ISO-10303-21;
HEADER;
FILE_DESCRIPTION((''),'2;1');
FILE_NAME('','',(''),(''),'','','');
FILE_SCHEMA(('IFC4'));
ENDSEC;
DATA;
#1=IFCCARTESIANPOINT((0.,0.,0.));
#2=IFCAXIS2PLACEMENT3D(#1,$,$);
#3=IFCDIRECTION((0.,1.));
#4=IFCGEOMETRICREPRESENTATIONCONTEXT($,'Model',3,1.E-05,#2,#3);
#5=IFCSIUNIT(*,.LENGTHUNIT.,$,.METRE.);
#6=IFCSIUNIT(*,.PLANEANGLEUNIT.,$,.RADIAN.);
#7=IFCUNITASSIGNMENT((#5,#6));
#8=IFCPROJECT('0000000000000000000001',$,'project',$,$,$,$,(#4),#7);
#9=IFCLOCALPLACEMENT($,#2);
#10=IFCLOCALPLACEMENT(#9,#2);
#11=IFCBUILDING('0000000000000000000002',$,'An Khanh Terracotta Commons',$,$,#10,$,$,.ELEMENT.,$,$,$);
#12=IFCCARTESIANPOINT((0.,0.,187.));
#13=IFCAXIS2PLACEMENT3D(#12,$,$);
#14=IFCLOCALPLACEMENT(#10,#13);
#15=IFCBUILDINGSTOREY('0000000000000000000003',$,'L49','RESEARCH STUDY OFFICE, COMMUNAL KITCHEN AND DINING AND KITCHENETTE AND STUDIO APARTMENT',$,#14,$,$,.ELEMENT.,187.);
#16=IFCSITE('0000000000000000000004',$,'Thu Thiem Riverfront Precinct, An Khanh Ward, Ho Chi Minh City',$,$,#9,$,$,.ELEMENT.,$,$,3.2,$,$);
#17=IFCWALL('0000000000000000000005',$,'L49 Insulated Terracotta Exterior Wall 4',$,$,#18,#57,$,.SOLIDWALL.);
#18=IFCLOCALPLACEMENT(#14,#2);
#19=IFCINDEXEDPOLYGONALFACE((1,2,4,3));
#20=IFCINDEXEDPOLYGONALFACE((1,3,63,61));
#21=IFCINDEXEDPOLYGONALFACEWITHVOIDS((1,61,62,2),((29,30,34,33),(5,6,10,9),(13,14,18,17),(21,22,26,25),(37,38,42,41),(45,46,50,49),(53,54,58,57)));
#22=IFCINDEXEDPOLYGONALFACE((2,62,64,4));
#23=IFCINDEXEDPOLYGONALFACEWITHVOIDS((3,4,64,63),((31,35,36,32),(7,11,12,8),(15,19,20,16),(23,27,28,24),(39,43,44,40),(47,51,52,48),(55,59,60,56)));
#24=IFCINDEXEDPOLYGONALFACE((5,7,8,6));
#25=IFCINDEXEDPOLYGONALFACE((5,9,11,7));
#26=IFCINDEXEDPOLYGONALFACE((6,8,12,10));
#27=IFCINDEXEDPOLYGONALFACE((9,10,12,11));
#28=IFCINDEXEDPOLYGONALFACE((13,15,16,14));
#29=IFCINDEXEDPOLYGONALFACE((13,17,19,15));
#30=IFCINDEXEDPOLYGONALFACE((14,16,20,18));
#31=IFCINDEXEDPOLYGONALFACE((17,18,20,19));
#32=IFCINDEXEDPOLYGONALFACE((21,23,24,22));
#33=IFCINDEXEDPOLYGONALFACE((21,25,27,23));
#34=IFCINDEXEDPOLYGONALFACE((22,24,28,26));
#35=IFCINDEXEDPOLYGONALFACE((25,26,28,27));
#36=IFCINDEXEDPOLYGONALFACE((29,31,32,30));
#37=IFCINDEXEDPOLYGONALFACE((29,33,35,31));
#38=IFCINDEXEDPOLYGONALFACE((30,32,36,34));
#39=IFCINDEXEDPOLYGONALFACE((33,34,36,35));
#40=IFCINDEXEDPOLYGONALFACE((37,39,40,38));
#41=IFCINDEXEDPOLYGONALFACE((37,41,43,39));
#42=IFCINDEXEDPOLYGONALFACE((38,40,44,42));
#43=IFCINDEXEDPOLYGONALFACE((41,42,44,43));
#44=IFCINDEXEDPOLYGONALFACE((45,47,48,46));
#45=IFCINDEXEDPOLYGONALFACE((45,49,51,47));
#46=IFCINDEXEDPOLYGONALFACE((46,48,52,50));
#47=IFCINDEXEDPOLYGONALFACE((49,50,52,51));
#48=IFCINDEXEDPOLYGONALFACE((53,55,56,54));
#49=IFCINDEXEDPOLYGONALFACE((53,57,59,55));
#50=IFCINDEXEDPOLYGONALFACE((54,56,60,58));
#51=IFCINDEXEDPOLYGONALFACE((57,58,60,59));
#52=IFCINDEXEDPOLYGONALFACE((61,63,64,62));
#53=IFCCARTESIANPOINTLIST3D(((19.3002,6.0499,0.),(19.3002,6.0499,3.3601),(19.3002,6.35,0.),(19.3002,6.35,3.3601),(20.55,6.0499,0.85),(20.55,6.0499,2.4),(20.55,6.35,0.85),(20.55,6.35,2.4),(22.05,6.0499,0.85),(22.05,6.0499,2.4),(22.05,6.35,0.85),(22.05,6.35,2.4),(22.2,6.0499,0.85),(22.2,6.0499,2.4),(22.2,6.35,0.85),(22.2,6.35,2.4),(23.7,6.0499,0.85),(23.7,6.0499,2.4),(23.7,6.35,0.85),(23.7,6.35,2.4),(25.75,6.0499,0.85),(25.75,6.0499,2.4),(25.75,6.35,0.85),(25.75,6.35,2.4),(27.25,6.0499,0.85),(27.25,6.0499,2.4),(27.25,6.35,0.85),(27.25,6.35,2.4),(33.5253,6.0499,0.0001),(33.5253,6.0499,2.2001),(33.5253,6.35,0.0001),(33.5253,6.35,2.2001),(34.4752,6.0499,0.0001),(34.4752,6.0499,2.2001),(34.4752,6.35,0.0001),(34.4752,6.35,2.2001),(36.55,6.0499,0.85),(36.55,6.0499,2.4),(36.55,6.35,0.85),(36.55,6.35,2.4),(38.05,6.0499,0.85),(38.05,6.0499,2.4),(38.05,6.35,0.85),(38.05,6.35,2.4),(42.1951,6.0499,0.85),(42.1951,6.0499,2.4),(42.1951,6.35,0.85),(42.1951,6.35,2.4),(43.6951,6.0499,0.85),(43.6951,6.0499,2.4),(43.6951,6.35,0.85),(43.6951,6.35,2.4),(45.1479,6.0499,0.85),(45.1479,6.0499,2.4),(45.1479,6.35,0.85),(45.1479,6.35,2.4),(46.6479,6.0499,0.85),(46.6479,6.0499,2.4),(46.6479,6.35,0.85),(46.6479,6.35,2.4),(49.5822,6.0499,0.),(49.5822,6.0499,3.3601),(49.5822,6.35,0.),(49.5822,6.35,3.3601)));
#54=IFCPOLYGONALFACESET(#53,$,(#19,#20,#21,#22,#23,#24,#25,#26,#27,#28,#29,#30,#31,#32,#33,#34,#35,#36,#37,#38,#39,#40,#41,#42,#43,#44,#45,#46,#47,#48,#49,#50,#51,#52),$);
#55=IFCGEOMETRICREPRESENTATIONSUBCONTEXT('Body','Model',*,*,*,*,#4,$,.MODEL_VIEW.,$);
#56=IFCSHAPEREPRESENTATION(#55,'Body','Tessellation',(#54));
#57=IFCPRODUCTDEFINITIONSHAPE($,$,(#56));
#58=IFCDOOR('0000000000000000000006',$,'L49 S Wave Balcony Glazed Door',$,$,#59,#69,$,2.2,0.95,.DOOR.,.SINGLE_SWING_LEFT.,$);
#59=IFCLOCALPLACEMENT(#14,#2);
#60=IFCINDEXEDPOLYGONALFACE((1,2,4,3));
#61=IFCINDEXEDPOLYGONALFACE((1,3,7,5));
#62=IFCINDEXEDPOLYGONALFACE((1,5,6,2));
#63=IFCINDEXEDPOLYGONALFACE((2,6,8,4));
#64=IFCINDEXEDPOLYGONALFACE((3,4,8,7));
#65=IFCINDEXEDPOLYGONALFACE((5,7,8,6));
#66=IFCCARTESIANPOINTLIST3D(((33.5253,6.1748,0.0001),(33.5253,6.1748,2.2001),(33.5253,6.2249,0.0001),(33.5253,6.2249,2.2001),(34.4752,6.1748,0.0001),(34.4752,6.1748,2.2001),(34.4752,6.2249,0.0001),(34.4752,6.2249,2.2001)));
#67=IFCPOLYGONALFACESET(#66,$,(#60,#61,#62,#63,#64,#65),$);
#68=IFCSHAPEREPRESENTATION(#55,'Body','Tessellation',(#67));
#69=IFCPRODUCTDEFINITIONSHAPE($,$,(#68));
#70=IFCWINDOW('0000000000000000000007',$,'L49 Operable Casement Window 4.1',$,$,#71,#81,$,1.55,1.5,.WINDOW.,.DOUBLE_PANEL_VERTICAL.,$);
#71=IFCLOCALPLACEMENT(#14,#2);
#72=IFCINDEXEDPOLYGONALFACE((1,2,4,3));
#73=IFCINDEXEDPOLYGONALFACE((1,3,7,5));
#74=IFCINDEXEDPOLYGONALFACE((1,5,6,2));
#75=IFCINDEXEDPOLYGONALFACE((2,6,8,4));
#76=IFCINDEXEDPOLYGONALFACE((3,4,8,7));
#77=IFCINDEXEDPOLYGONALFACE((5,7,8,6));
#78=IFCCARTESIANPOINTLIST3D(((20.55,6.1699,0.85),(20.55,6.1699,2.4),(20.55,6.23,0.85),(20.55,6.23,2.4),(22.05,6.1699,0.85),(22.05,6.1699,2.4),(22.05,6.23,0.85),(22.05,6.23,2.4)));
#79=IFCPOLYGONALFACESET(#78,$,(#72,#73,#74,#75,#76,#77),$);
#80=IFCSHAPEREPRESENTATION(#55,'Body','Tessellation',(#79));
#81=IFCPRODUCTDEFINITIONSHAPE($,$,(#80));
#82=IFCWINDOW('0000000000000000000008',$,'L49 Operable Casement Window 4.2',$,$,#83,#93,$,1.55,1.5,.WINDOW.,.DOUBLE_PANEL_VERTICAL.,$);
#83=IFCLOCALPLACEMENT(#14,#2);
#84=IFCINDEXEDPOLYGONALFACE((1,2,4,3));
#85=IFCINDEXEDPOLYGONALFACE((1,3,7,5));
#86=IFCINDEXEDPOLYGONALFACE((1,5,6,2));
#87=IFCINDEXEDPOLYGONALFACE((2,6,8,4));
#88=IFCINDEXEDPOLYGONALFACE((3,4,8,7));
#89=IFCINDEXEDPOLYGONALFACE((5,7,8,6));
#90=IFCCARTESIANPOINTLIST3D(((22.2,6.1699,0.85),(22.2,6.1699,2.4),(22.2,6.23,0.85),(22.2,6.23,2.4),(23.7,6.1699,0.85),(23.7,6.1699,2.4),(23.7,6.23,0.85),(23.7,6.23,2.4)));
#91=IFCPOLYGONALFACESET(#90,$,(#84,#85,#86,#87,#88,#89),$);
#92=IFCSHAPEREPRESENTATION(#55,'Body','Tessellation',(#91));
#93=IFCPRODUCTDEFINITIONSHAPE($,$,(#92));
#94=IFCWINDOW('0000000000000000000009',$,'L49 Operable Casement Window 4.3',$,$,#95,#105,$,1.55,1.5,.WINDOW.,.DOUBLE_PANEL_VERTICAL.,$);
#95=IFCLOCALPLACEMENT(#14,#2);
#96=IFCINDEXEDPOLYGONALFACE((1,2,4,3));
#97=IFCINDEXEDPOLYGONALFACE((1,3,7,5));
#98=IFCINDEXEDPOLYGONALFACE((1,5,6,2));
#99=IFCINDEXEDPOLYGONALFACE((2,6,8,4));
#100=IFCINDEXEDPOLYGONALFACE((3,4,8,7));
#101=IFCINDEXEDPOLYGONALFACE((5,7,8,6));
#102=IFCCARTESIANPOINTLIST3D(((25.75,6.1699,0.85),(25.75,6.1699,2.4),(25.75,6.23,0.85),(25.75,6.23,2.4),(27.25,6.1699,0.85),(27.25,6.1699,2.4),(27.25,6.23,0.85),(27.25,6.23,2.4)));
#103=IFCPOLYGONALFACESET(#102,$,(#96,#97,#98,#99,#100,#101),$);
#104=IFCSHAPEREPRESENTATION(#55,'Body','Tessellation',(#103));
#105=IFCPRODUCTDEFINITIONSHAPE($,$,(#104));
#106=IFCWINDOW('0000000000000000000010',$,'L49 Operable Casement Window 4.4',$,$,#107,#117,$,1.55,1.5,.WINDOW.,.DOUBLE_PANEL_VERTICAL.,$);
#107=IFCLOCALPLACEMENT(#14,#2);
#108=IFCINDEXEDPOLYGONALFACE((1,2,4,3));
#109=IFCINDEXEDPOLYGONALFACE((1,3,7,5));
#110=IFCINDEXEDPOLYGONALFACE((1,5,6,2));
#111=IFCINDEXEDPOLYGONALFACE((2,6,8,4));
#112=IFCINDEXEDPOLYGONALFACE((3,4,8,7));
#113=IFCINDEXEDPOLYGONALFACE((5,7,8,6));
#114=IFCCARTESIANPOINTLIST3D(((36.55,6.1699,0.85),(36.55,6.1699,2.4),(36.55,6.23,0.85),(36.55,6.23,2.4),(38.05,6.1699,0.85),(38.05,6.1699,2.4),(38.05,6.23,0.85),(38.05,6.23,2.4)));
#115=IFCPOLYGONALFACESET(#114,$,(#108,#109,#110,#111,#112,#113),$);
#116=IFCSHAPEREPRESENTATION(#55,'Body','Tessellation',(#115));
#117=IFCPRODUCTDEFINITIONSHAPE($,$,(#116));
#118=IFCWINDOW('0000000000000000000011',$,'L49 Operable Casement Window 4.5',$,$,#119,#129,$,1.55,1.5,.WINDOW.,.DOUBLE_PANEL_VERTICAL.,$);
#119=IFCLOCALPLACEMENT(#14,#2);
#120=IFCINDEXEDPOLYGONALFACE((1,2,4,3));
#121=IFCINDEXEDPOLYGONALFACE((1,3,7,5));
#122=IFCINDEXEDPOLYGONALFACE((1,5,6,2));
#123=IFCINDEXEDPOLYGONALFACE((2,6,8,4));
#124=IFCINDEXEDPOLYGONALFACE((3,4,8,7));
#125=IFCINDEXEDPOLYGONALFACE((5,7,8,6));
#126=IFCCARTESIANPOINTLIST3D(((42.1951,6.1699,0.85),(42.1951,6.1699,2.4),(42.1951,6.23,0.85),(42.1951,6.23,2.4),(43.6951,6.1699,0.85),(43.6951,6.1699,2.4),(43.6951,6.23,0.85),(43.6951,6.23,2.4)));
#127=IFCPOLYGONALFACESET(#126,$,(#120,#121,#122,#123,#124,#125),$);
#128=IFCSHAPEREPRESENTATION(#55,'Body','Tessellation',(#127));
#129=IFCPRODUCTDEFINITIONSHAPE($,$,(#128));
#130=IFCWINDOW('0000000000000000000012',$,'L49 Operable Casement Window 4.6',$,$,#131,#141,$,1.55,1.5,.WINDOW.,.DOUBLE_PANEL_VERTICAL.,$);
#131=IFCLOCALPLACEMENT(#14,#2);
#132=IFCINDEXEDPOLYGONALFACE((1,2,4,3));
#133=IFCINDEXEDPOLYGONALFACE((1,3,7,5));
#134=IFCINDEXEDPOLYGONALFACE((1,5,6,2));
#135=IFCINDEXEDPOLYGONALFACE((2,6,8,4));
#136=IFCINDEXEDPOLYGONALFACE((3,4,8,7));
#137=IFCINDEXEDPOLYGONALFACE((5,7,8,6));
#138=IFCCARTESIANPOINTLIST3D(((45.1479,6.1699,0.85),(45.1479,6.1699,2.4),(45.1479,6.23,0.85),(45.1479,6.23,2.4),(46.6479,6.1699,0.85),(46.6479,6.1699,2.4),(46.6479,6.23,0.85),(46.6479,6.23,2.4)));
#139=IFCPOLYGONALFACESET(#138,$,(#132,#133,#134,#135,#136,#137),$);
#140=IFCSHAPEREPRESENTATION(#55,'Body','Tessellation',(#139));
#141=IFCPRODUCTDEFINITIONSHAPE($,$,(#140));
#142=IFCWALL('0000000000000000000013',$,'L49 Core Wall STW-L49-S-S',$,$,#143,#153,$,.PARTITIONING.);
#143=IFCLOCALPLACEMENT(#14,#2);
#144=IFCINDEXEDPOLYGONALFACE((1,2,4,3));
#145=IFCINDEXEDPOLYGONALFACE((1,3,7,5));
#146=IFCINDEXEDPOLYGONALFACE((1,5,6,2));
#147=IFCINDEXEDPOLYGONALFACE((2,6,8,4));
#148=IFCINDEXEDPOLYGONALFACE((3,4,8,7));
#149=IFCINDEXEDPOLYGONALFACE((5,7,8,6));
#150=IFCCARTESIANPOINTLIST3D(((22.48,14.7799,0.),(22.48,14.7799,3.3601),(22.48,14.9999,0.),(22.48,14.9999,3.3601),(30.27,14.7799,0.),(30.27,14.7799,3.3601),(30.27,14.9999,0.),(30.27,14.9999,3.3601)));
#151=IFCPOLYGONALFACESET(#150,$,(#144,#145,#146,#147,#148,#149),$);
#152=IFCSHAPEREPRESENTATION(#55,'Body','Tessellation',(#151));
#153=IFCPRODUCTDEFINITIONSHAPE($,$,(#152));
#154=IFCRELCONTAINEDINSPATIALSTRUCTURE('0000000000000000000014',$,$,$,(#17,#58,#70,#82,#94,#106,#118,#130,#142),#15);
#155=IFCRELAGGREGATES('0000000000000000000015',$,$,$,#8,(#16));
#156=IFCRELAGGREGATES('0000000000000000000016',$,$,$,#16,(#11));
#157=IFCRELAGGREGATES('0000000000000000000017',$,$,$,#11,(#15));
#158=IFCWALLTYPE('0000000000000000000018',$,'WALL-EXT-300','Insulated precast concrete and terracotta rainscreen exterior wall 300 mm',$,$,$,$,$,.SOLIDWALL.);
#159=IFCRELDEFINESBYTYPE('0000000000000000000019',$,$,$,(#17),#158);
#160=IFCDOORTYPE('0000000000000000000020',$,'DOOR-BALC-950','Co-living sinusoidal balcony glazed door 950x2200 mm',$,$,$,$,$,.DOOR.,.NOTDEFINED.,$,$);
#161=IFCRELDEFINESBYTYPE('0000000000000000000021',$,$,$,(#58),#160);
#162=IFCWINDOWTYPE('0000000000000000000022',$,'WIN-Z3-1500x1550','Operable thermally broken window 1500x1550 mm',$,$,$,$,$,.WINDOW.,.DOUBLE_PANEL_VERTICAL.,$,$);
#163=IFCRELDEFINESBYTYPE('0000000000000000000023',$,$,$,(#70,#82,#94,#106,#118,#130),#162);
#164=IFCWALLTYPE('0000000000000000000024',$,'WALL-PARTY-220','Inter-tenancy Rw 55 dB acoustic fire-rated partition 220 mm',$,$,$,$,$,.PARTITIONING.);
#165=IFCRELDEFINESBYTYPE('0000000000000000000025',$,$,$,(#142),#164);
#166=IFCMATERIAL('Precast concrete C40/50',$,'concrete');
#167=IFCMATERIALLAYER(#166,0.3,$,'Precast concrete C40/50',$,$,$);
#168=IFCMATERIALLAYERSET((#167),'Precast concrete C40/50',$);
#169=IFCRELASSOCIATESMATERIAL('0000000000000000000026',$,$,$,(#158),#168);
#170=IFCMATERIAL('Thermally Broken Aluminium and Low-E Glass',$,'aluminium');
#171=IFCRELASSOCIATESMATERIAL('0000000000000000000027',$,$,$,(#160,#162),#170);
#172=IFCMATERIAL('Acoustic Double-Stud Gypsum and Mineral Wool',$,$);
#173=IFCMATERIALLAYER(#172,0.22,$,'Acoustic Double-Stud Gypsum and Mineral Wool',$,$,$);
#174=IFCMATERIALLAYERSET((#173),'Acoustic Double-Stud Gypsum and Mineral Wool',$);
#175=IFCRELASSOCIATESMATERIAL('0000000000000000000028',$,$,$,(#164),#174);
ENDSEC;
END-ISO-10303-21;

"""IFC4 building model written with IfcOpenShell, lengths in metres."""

from ifc_helpers import new_model, si_unit, direction, frame, frame_2d, origin, place, context, subcontext, project, spatial, rectangle, extrude, material, layer, layer_set, type_object, element, fill, save


model = new_model("IFC4")

# Units and contexts
model_context = context("Model", 3, precision=1e-05, world=origin(), true_north=direction((0.0, 1.0)))
body_context = subcontext(model_context, "Body", "Model", "MODEL_VIEW")
ifc_project = project(units=[si_unit("LENGTHUNIT", "METRE"), si_unit("PLANEANGLEUNIT", "RADIAN")], contexts=[model_context])

# Site, building, storey
site_placement = place(None, origin())
site = spatial("IfcSite", under=ifc_project, at=site_placement, Name="Thu Thiem Riverfront Precinct, An Khanh Ward, Ho Chi Minh City", CompositionType="ELEMENT", RefElevation=3.2)
building_placement = place(site_placement, origin())
building = spatial("IfcBuilding", under=site, at=building_placement, Name="An Khanh Terracotta Commons", CompositionType="ELEMENT")
storey_placement = place(building_placement, frame((0.0, 0.0, 187.0)))
storey = spatial("IfcBuildingStorey", under=building, at=storey_placement, Name="L49", Description="RESEARCH STUDY OFFICE, COMMUNAL KITCHEN AND DINING AND KITCHENETTE AND STUDIO APARTMENT", CompositionType="ELEMENT", Elevation=187.0)

# Shared definitions
ifc_material_1 = material(Name="Precast concrete C40/50", Category="concrete")
ifc_layer_1 = layer(ifc_material_1, 0.3, Name="Precast concrete C40/50")
ifc_layer_set_1 = layer_set([ifc_layer_1], Name="Precast concrete C40/50")
wall_type_1 = type_object("IfcWallType", Name="WALL-EXT-300", Description="Insulated precast concrete and terracotta rainscreen exterior wall 300 mm", PredefinedType="SOLIDWALL", material=ifc_layer_set_1)

# Wall, openings, door, windows
wall_1_placement = place(storey_placement, frame((19.3, 6.2, 0.0), z_axis=(0.0, 0.0, 1.0), x_axis=(1.0, 0.0, 0.0)))
wall_1 = element("IfcWall", 1, at=wall_1_placement, inside=storey, type_object=wall_type_1, Name="L49 Insulated Terracotta Exterior Wall 4", PredefinedType="SOLIDWALL", context=body_context, shape_type="SweptSolid", body=[
    extrude(rectangle(XDim=30.282, YDim=0.3, at=frame_2d((15.1411, 0.0))), origin(), (0.0, 0.0, 1.0), 3.3601),
])
opening_1_placement = place(wall_1_placement, frame((14.2251, 0.0, 0.0)))
opening_1 = element("IfcOpeningElement", 2, at=opening_1_placement, cuts=wall_1, PredefinedType="OPENING", context=body_context, shape_type="SweptSolid", body=[
    extrude(rectangle(XDim=0.95, YDim=2.2, at=frame_2d((0.4751, 1.1001))), frame((0.0, 0.1599, 0.0), z_axis=(0.0, -1.0, 0.0), x_axis=(1.0, 0.0, 0.0)), (0.0, 0.0, 1.0), 0.3201),
])
opening_2_placement = place(wall_1_placement, frame((1.25, 0.0, 0.8501)))
opening_2 = element("IfcOpeningElement", 3, at=opening_2_placement, cuts=wall_1, PredefinedType="OPENING", context=body_context, shape_type="SweptSolid", body=[
    extrude(rectangle(XDim=1.5, YDim=1.55, at=frame_2d((0.75, 0.7749))), frame((0.0, 0.1599, 0.0), z_axis=(0.0, -1.0, 0.0), x_axis=(1.0, 0.0, 0.0)), (0.0, 0.0, 1.0), 0.3201),
])
opening_3_placement = place(wall_1_placement, frame((2.8999, 0.0, 0.8501)))
opening_3 = element("IfcOpeningElement", 4, at=opening_3_placement, cuts=wall_1, PredefinedType="OPENING", context=body_context, shape_type="SweptSolid", body=[
    extrude(rectangle(XDim=1.5, YDim=1.55, at=frame_2d((0.75, 0.7749))), frame((0.0, 0.1599, 0.0), z_axis=(0.0, -1.0, 0.0), x_axis=(1.0, 0.0, 0.0)), (0.0, 0.0, 1.0), 0.3201),
])
opening_4_placement = place(wall_1_placement, frame((6.45, 0.0, 0.8501)))
opening_4 = element("IfcOpeningElement", 5, at=opening_4_placement, cuts=wall_1, PredefinedType="OPENING", context=body_context, shape_type="SweptSolid", body=[
    extrude(rectangle(XDim=1.5, YDim=1.55, at=frame_2d((0.75, 0.7749))), frame((0.0, 0.1599, 0.0), z_axis=(0.0, -1.0, 0.0), x_axis=(1.0, 0.0, 0.0)), (0.0, 0.0, 1.0), 0.3201),
])
opening_5_placement = place(wall_1_placement, frame((17.25, 0.0, 0.8501)))
opening_5 = element("IfcOpeningElement", 6, at=opening_5_placement, cuts=wall_1, PredefinedType="OPENING", context=body_context, shape_type="SweptSolid", body=[
    extrude(rectangle(XDim=1.5, YDim=1.55, at=frame_2d((0.75, 0.7749))), frame((0.0, 0.1599, 0.0), z_axis=(0.0, -1.0, 0.0), x_axis=(1.0, 0.0, 0.0)), (0.0, 0.0, 1.0), 0.3201),
])
opening_6_placement = place(wall_1_placement, frame((22.895, 0.0, 0.8501)))
opening_6 = element("IfcOpeningElement", 7, at=opening_6_placement, cuts=wall_1, PredefinedType="OPENING", context=body_context, shape_type="SweptSolid", body=[
    extrude(rectangle(XDim=1.5, YDim=1.55, at=frame_2d((0.75, 0.7749))), frame((0.0, 0.1599, 0.0), z_axis=(0.0, -1.0, 0.0), x_axis=(1.0, 0.0, 0.0)), (0.0, 0.0, 1.0), 0.3201),
])
opening_7_placement = place(wall_1_placement, frame((25.8479, 0.0, 0.8501)))
opening_7 = element("IfcOpeningElement", 8, at=opening_7_placement, cuts=wall_1, PredefinedType="OPENING", context=body_context, shape_type="SweptSolid", body=[
    extrude(rectangle(XDim=1.5, YDim=1.55, at=frame_2d((0.75, 0.7749))), frame((0.0, 0.1599, 0.0), z_axis=(0.0, -1.0, 0.0), x_axis=(1.0, 0.0, 0.0)), (0.0, 0.0, 1.0), 0.3201),
])
ifc_material_2 = material(Name="Thermally Broken Aluminium and Low-E Glass", Category="aluminium")
door_type_1 = type_object("IfcDoorType", Name="DOOR-BALC-950", Description="Co-living sinusoidal balcony glazed door 950x2200 mm", OperationType="NOTDEFINED", PredefinedType="DOOR", material=ifc_material_2)
door_1_placement = place(opening_1_placement, origin())
door_1 = element("IfcDoor", 9, at=door_1_placement, inside=storey, type_object=door_type_1, Name="L49 S Wave Balcony Glazed Door", OperationType="SINGLE_SWING_LEFT", OverallHeight=2.2, OverallWidth=0.95, PredefinedType="DOOR", context=body_context, shape_type="SweptSolid", body=[
    extrude(rectangle(XDim=0.95, YDim=2.2, at=frame_2d((0.4751, 1.1001))), frame((0.0, 0.0249, 0.0), z_axis=(0.0, -1.0, 0.0), x_axis=(1.0, 0.0, 0.0)), (0.0, 0.0, 1.0), 0.05),
])
fill(opening_1, door_1)
window_type = type_object("IfcWindowType", Name="WIN-Z3-1500x1550", Description="Operable thermally broken window 1500x1550 mm", PartitioningType="DOUBLE_PANEL_VERTICAL", PredefinedType="WINDOW", material=ifc_material_2)
window_1_placement = place(opening_2_placement, origin())
window_1 = element("IfcWindow", 10, at=window_1_placement, inside=storey, type_object=window_type, Name="L49 Operable Casement Window 4.1", OverallHeight=1.55, OverallWidth=1.5, PartitioningType="DOUBLE_PANEL_VERTICAL", PredefinedType="WINDOW", context=body_context, shape_type="SweptSolid", body=[
    extrude(rectangle(XDim=1.5, YDim=1.55, at=frame_2d((0.75, 0.7749))), frame((0.0, 0.03, 0.0), z_axis=(0.0, -1.0, 0.0), x_axis=(1.0, 0.0, 0.0)), (0.0, 0.0, 1.0), 0.0601),
])
fill(opening_2, window_1)
window_2_placement = place(opening_3_placement, origin())
window_2 = element("IfcWindow", 11, at=window_2_placement, inside=storey, type_object=window_type, Name="L49 Operable Casement Window 4.2", OverallHeight=1.55, OverallWidth=1.5, PartitioningType="DOUBLE_PANEL_VERTICAL", PredefinedType="WINDOW", context=body_context, shape_type="SweptSolid", body=[
    extrude(rectangle(XDim=1.5, YDim=1.55, at=frame_2d((0.75, 0.7749))), frame((0.0, 0.03, 0.0), z_axis=(0.0, -1.0, 0.0), x_axis=(1.0, 0.0, 0.0)), (0.0, 0.0, 1.0), 0.0601),
])
fill(opening_3, window_2)
window_3_placement = place(opening_4_placement, origin())
window_3 = element("IfcWindow", 12, at=window_3_placement, inside=storey, type_object=window_type, Name="L49 Operable Casement Window 4.3", OverallHeight=1.55, OverallWidth=1.5, PartitioningType="DOUBLE_PANEL_VERTICAL", PredefinedType="WINDOW", context=body_context, shape_type="SweptSolid", body=[
    extrude(rectangle(XDim=1.5, YDim=1.55, at=frame_2d((0.75, 0.7749))), frame((0.0, 0.03, 0.0), z_axis=(0.0, -1.0, 0.0), x_axis=(1.0, 0.0, 0.0)), (0.0, 0.0, 1.0), 0.0601),
])
fill(opening_4, window_3)
window_4_placement = place(opening_5_placement, origin())
window_4 = element("IfcWindow", 13, at=window_4_placement, inside=storey, type_object=window_type, Name="L49 Operable Casement Window 4.4", OverallHeight=1.55, OverallWidth=1.5, PartitioningType="DOUBLE_PANEL_VERTICAL", PredefinedType="WINDOW", context=body_context, shape_type="SweptSolid", body=[
    extrude(rectangle(XDim=1.5, YDim=1.55, at=frame_2d((0.75, 0.7749))), frame((0.0, 0.03, 0.0), z_axis=(0.0, -1.0, 0.0), x_axis=(1.0, 0.0, 0.0)), (0.0, 0.0, 1.0), 0.0601),
])
fill(opening_5, window_4)
window_5_placement = place(opening_6_placement, origin())
window_5 = element("IfcWindow", 14, at=window_5_placement, inside=storey, type_object=window_type, Name="L49 Operable Casement Window 4.5", OverallHeight=1.55, OverallWidth=1.5, PartitioningType="DOUBLE_PANEL_VERTICAL", PredefinedType="WINDOW", context=body_context, shape_type="SweptSolid", body=[
    extrude(rectangle(XDim=1.5, YDim=1.55, at=frame_2d((0.75, 0.7749))), frame((0.0, 0.03, 0.0), z_axis=(0.0, -1.0, 0.0), x_axis=(1.0, 0.0, 0.0)), (0.0, 0.0, 1.0), 0.0601),
])
fill(opening_6, window_5)
window_6_placement = place(opening_7_placement, origin())
window_6 = element("IfcWindow", 15, at=window_6_placement, inside=storey, type_object=window_type, Name="L49 Operable Casement Window 4.6", OverallHeight=1.55, OverallWidth=1.5, PartitioningType="DOUBLE_PANEL_VERTICAL", PredefinedType="WINDOW", context=body_context, shape_type="SweptSolid", body=[
    extrude(rectangle(XDim=1.5, YDim=1.55, at=frame_2d((0.75, 0.7749))), frame((0.0, 0.03, 0.0), z_axis=(0.0, -1.0, 0.0), x_axis=(1.0, 0.0, 0.0)), (0.0, 0.0, 1.0), 0.0601),
])
fill(opening_7, window_6)

# Wall
ifc_material_3 = material(Name="Acoustic Double-Stud Gypsum and Mineral Wool")
ifc_layer_2 = layer(ifc_material_3, 0.22, Name="Acoustic Double-Stud Gypsum and Mineral Wool")
ifc_layer_set_2 = layer_set([ifc_layer_2], Name="Acoustic Double-Stud Gypsum and Mineral Wool")
wall_type_2 = type_object("IfcWallType", Name="WALL-PARTY-220", Description="Inter-tenancy Rw 55 dB acoustic fire-rated partition 220 mm", PredefinedType="PARTITIONING", material=ifc_layer_set_2)
wall_2_placement = place(storey_placement, frame((22.48, 14.8899, 0.0), z_axis=(0.0, 0.0, 1.0), x_axis=(1.0, 0.0, 0.0)))
element("IfcWall", 16, at=wall_2_placement, inside=storey, type_object=wall_type_2, Name="L49 Core Wall STW-L49-S-S", PredefinedType="PARTITIONING", context=body_context, shape_type="SweptSolid", body=[
    extrude(rectangle(XDim=7.79, YDim=0.22, at=frame_2d((3.895, 0.0))), origin(), (0.0, 0.0, 1.0), 3.3601),
])

save(model, "model.ifc")
